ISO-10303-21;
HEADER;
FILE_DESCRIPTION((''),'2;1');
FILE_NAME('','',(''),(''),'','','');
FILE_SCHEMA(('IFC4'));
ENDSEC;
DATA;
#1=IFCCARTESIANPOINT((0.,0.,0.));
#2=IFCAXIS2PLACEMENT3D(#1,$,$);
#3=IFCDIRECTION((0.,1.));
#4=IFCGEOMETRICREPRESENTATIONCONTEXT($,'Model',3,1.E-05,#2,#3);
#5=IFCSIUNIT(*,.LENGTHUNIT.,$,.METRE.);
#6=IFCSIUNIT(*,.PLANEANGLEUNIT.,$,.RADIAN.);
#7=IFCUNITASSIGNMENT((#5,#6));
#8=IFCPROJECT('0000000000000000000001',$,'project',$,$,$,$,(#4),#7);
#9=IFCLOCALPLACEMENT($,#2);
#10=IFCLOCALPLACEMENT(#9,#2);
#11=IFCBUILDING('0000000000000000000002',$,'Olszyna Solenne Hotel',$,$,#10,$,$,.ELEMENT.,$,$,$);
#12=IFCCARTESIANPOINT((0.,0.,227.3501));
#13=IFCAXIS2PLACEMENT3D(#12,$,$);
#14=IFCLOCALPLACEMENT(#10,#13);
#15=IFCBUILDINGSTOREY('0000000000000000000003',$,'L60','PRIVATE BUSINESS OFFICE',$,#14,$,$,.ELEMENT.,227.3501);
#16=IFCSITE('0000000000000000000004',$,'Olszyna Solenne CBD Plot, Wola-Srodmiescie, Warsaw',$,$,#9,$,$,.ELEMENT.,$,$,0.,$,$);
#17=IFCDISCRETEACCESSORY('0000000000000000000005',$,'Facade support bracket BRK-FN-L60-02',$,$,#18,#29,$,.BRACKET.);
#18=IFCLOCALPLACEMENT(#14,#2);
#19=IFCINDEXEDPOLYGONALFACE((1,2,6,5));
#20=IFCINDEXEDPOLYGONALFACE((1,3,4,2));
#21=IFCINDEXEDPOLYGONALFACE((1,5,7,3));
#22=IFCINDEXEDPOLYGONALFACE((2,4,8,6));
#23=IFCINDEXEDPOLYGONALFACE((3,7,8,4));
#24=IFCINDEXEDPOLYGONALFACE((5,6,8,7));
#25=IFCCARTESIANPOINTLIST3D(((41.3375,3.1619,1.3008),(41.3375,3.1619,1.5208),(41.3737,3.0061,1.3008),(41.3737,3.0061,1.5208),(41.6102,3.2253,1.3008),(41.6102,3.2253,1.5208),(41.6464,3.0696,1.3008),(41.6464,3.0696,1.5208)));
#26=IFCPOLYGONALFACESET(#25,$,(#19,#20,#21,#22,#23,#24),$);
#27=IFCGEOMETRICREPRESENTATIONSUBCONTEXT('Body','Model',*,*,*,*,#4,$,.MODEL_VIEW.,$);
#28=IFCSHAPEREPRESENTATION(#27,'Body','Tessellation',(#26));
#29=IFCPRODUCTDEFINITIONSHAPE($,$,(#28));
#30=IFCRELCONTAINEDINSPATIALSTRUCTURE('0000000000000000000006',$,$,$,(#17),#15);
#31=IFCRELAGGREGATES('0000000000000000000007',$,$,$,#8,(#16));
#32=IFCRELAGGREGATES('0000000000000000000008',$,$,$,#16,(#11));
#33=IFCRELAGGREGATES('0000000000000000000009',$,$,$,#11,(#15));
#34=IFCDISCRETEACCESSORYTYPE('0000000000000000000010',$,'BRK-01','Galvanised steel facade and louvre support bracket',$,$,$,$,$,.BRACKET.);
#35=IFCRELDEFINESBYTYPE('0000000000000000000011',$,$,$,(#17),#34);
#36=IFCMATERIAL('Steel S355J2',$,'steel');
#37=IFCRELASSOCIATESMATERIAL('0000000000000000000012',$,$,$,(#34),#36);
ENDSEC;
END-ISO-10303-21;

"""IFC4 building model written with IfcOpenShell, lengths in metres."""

from ifc_helpers import new_model, si_unit, direction, frame, origin, origin_2d, place, context, subcontext, project, spatial, rectangle, extrude, source, transform, mapped, material, type_object, element, save


model = new_model("IFC4")

# Units and contexts
model_context = context("Model", 3, precision=1e-05, world=origin(), true_north=direction((0.0, 1.0)))
body_context = subcontext(model_context, "Body", "Model", "MODEL_VIEW")
ifc_project = project(units=[si_unit("LENGTHUNIT", "METRE"), si_unit("PLANEANGLEUNIT", "RADIAN")], contexts=[model_context])

# Site, building, storey
site_placement = place(None, origin())
site = spatial("IfcSite", under=ifc_project, at=site_placement, Name="Olszyna Solenne CBD Plot, Wola-Srodmiescie, Warsaw", CompositionType="ELEMENT", RefElevation=0.0)
building_placement = place(site_placement, origin())
building = spatial("IfcBuilding", under=site, at=building_placement, Name="Olszyna Solenne Hotel", CompositionType="ELEMENT")
storey_placement = place(building_placement, frame((0.0, 0.0, 227.3501)))
storey = spatial("IfcBuildingStorey", under=building, at=storey_placement, Name="L60", Description="PRIVATE BUSINESS OFFICE", CompositionType="ELEMENT", Elevation=227.3501)

# Shared definitions
ifc_material_1 = material(Name="Steel S355J2", Category="steel")

# Discrete accessory
discrete_accessory_type = type_object("IfcDiscreteAccessoryType", Name="BRK-01", Description="Galvanised steel facade and louvre support bracket", PredefinedType="BRACKET", material=ifc_material_1)
shared_shape_1 = source(origin(), body_context, "Body", "SweptSolid", [
    extrude(rectangle(XDim=0.28, YDim=0.1599, at=origin_2d()), origin(), (0.0, 0.0, 1.0), 0.22),
])
discrete_accessory_placement = place(storey_placement, frame((41.4919, 3.1157, 1.3008), z_axis=(0.0, 0.0, 1.0), x_axis=(-0.973976, -0.226651, 0.0)))
element("IfcDiscreteAccessory", 1, at=discrete_accessory_placement, inside=storey, type_object=discrete_accessory_type, Name="Facade support bracket BRK-FN-L60-02", PredefinedType="BRACKET", context=body_context, shape_type="MappedRepresentation", body=[
    mapped(shared_shape_1, transform((0.0, 0.0, 0.0), x_axis=(1.0, 0.0, 0.0), y_axis=(0.0, 1.0, 0.0), z_axis=(0.0, 0.0, 1.0), scale=1.0)),
])

save(model, "model.ifc")
